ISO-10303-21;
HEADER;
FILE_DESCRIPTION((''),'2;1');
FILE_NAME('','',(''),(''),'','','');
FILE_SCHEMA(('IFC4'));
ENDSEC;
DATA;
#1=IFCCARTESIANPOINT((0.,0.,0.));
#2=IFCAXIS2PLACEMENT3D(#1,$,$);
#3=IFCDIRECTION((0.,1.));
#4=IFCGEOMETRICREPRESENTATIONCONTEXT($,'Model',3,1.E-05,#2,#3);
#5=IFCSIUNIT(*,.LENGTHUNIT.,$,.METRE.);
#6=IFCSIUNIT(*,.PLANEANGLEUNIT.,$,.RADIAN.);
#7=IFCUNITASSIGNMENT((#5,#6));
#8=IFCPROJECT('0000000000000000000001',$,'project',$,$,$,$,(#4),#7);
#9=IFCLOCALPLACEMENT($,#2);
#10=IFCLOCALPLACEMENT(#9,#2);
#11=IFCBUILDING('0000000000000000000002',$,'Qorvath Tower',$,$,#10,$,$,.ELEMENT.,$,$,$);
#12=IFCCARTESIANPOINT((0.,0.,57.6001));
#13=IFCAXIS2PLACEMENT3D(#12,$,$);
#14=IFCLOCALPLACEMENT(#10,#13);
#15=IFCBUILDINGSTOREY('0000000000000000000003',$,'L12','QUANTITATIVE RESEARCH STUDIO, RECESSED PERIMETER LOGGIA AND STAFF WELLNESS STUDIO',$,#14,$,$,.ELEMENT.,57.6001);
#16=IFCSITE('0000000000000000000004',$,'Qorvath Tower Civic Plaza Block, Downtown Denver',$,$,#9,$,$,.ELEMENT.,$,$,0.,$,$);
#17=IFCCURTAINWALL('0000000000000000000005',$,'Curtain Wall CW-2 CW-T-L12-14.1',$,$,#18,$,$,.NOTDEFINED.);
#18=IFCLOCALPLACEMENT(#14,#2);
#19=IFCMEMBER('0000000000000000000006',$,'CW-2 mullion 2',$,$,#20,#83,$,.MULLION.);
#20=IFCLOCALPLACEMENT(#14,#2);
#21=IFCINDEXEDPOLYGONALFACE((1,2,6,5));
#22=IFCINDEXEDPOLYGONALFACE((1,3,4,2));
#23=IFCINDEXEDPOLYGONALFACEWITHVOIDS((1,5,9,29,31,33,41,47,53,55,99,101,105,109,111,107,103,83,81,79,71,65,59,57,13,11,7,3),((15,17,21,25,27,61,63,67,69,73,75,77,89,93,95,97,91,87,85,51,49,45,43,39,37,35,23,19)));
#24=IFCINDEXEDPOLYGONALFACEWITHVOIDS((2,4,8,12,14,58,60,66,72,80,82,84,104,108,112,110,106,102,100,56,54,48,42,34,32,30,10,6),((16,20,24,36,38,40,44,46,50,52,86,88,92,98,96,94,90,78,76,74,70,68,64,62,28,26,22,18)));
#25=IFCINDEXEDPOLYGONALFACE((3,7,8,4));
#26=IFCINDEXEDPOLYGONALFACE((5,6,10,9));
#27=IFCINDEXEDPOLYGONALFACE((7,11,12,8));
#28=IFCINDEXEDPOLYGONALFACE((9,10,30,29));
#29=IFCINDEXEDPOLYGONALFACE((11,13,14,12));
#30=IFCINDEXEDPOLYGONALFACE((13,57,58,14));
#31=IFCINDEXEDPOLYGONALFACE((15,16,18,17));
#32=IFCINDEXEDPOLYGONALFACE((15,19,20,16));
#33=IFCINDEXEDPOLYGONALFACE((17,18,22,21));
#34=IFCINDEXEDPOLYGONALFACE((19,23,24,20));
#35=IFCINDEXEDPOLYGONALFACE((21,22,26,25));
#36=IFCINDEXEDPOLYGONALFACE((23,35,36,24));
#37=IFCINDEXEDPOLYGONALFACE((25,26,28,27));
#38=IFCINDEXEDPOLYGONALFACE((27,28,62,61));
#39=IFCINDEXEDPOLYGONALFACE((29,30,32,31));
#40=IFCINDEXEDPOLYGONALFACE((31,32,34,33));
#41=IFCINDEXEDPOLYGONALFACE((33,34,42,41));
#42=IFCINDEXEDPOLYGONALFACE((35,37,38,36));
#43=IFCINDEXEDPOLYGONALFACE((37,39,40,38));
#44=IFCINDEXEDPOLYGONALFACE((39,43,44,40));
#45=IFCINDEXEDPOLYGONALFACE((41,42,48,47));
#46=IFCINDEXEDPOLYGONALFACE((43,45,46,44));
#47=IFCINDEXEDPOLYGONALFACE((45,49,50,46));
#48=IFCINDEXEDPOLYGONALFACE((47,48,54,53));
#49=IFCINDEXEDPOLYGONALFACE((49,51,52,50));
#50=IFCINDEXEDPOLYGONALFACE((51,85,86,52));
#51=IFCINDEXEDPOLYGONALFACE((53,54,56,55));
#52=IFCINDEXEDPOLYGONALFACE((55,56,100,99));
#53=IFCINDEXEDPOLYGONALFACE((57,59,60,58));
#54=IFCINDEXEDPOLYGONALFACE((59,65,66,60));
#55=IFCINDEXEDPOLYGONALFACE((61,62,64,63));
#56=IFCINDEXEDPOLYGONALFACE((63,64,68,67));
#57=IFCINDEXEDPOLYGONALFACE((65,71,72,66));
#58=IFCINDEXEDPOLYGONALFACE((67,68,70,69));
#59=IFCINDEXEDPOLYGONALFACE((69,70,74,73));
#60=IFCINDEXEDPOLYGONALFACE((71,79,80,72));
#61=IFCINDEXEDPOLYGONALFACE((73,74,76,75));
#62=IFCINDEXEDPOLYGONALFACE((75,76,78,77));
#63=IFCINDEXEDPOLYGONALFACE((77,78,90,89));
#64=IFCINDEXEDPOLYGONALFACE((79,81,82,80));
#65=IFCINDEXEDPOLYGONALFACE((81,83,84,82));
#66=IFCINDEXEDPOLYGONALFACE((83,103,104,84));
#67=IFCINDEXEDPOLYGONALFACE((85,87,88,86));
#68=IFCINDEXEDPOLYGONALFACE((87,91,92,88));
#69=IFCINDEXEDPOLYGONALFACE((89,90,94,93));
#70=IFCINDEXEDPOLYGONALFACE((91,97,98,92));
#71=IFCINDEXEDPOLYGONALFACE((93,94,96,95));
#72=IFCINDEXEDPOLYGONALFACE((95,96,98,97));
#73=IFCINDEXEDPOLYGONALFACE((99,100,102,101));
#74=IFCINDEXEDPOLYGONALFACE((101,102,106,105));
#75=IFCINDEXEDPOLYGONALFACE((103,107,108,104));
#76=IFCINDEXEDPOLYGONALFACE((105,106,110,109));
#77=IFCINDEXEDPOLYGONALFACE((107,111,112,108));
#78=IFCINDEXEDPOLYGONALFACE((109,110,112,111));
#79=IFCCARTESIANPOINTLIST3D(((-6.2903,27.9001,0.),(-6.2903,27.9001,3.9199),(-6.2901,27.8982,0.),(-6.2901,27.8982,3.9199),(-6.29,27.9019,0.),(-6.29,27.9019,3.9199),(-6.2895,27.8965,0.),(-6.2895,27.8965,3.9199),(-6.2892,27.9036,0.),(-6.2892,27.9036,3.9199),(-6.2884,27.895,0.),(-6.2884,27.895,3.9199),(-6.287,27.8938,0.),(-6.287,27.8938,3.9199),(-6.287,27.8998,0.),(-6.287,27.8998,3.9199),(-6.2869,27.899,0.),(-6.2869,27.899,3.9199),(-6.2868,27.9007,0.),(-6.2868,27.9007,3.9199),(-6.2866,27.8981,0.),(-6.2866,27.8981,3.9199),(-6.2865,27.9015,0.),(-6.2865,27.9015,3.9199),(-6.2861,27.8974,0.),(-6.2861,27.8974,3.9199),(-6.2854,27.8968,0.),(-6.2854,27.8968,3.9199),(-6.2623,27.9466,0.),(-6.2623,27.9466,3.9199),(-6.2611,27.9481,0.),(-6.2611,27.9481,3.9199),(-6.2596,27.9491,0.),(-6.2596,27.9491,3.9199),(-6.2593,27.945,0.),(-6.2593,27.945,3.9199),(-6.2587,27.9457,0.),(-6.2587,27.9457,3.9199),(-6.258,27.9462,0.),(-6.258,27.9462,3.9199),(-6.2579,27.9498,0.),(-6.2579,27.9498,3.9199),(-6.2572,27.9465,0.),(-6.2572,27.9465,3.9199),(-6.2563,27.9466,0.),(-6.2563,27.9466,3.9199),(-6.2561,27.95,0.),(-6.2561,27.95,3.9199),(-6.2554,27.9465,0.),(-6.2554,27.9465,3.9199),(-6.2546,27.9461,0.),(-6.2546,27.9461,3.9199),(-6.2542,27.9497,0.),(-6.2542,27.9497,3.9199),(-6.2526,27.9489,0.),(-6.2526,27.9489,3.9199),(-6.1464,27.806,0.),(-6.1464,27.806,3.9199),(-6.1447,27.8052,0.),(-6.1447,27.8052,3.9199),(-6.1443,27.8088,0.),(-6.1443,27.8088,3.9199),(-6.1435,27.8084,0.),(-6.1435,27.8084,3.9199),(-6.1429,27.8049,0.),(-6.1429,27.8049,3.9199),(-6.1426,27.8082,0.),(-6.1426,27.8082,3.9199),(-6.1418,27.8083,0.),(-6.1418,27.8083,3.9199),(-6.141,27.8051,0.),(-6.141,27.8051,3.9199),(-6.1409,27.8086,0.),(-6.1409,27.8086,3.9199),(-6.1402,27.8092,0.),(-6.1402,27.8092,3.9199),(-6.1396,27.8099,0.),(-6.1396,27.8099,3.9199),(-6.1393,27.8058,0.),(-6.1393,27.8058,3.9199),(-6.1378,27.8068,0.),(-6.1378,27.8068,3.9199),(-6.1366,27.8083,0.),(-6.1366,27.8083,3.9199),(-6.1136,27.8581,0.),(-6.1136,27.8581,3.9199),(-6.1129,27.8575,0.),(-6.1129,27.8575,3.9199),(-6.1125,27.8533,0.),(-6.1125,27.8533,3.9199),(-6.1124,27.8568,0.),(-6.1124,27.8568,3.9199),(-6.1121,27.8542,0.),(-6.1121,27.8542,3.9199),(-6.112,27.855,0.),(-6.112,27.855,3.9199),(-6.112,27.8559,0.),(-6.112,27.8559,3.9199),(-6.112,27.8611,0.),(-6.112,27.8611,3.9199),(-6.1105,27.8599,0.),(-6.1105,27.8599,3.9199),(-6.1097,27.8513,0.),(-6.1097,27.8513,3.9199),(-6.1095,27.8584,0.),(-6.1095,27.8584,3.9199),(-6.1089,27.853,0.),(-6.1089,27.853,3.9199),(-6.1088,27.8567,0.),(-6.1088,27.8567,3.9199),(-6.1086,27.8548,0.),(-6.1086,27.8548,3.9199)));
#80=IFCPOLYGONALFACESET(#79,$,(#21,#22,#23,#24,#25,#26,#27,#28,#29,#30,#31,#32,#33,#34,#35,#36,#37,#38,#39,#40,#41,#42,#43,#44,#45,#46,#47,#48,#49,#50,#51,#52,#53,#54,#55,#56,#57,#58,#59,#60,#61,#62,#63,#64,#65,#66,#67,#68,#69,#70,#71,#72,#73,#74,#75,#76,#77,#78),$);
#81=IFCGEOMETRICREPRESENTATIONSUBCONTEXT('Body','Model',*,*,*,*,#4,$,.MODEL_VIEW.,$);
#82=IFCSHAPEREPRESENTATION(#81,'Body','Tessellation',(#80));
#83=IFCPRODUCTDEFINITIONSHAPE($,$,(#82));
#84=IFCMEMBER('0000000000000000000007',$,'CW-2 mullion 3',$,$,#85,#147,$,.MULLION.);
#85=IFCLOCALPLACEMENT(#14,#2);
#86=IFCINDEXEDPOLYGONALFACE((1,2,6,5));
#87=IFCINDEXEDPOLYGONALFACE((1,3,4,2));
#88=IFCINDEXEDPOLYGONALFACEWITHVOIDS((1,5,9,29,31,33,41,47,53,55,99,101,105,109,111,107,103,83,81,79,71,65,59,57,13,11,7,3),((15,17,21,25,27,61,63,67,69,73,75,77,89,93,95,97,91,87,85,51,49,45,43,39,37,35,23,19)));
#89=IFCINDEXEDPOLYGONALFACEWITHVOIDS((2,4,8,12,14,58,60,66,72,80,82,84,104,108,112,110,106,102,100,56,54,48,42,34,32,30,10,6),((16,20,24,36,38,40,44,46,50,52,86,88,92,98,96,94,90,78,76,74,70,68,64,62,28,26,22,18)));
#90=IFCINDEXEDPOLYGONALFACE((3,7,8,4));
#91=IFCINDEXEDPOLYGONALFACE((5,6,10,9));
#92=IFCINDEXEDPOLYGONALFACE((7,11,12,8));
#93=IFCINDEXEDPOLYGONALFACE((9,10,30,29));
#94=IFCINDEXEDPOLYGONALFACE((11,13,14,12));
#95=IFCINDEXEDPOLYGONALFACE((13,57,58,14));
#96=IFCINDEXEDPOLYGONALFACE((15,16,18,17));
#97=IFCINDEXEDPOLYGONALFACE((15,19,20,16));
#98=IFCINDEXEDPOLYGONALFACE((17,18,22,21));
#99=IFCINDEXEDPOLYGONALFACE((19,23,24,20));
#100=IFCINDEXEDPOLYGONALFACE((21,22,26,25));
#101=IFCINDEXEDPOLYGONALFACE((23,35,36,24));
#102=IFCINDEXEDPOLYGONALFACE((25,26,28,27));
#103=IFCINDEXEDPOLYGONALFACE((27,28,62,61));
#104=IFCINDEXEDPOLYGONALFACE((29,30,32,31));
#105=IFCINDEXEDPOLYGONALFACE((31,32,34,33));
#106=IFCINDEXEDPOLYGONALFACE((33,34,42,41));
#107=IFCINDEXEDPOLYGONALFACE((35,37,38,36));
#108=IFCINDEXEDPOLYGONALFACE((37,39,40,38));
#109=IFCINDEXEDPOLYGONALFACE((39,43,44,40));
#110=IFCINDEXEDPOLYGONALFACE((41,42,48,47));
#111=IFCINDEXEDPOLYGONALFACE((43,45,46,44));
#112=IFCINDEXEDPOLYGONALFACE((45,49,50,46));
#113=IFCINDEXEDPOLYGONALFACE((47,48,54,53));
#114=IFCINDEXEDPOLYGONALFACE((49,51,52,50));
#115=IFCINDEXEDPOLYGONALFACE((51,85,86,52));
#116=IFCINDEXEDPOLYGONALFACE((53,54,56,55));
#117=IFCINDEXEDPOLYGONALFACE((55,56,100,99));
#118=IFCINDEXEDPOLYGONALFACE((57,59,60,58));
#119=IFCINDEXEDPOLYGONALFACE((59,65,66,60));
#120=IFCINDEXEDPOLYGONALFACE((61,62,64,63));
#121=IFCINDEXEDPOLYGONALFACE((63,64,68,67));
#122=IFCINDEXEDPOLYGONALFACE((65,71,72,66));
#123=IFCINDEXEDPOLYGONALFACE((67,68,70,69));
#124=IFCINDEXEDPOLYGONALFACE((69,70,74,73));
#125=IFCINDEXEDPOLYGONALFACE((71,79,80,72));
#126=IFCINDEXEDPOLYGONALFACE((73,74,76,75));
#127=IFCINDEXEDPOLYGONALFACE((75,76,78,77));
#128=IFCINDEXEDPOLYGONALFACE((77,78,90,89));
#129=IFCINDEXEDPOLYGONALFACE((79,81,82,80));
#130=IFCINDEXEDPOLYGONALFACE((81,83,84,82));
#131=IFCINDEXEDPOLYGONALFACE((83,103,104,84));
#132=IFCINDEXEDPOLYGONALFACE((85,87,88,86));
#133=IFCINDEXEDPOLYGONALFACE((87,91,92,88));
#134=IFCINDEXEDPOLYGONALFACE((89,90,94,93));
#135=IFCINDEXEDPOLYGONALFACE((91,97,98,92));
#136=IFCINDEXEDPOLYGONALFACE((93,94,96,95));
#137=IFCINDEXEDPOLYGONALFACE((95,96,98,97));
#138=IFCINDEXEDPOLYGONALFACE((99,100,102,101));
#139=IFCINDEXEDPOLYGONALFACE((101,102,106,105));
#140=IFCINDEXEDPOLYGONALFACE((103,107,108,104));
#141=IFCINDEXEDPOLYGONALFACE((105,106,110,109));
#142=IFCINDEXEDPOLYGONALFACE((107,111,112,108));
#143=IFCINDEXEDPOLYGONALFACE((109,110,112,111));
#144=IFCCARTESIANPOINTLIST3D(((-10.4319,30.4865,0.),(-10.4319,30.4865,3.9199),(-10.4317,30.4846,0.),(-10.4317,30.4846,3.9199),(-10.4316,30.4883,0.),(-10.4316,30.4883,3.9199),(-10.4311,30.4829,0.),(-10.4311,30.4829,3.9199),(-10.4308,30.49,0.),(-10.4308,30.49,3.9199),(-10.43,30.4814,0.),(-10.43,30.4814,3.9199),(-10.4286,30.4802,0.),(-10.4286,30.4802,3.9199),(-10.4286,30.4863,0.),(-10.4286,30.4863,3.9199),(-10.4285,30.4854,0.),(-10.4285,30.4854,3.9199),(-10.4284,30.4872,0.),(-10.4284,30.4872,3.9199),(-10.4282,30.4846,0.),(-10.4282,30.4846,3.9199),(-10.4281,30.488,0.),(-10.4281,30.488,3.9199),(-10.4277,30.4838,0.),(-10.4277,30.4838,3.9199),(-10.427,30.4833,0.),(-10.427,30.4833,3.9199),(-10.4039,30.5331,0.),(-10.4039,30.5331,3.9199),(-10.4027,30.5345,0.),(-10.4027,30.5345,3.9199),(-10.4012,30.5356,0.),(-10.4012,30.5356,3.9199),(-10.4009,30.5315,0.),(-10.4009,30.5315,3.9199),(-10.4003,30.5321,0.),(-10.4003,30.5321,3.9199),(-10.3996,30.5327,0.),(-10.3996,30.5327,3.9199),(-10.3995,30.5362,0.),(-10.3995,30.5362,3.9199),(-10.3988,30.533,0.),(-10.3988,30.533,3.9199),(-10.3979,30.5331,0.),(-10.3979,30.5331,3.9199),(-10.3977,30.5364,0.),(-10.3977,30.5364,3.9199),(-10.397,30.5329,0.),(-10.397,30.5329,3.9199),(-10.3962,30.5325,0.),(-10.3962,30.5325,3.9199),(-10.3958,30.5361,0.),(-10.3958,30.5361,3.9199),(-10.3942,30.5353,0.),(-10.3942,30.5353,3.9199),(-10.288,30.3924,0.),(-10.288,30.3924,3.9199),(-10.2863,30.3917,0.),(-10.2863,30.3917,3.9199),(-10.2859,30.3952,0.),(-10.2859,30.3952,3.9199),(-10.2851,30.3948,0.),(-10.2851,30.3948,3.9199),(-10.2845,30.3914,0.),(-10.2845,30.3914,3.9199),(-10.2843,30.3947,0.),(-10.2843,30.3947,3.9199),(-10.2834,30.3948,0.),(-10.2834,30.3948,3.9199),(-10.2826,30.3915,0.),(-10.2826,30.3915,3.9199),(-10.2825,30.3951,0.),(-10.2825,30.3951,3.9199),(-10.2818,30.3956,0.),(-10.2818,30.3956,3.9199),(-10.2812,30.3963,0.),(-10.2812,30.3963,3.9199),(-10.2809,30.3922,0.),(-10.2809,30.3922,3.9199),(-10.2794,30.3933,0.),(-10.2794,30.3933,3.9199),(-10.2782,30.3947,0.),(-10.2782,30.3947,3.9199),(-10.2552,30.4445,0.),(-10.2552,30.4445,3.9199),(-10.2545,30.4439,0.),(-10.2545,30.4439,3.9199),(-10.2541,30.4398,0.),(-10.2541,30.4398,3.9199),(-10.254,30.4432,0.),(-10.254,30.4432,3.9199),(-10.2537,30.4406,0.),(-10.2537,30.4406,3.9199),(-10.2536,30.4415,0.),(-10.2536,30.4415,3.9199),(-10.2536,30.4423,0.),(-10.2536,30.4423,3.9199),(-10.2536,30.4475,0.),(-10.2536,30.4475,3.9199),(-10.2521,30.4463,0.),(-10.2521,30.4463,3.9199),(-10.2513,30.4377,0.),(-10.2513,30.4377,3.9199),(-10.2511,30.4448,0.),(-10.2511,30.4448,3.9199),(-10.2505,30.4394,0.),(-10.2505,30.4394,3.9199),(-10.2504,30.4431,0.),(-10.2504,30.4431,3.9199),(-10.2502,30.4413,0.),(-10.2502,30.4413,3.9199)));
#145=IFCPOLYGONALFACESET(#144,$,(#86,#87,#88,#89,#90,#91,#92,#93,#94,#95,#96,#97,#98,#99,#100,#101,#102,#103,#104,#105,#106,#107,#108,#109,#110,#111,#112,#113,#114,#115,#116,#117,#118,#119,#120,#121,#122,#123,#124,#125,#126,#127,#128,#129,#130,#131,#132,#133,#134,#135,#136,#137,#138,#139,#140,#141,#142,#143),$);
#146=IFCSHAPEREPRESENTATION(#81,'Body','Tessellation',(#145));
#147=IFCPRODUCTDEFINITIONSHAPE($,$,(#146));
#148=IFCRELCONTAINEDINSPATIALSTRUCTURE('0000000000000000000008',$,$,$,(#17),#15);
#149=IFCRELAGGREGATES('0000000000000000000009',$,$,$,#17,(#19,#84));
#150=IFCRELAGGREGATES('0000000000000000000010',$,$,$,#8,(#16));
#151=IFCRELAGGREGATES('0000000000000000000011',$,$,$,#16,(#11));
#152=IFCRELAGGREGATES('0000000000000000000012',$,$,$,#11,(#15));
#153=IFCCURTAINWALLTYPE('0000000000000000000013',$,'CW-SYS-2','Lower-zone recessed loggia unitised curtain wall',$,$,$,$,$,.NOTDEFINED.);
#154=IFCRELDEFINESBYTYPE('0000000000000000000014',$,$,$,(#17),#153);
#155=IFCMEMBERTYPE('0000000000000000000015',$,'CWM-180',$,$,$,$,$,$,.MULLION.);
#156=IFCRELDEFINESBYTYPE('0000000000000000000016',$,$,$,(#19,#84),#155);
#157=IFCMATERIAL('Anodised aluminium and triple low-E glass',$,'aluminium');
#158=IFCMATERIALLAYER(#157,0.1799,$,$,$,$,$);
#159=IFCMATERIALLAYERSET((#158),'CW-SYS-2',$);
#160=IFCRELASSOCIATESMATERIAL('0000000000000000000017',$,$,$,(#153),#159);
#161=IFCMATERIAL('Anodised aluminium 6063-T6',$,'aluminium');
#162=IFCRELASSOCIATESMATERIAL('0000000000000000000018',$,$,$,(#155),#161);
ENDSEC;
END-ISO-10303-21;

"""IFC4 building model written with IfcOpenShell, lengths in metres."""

from ifc_helpers import new_model, si_unit, direction, frame, origin, origin_2d, place, context, subcontext, project, spatial, hollow_rectangle, extrude, material, layer, layer_set, material_profile, profile_set, type_object, element, aggregate, save


model = new_model("IFC4")

# Units and contexts
model_context = context("Model", 3, precision=1e-05, world=origin(), true_north=direction((0.0, 1.0)))
body_context = subcontext(model_context, "Body", "Model", "MODEL_VIEW")
ifc_project = project(units=[si_unit("LENGTHUNIT", "METRE"), si_unit("PLANEANGLEUNIT", "RADIAN")], contexts=[model_context])

# Site, building, storey
site_placement = place(None, origin())
site = spatial("IfcSite", under=ifc_project, at=site_placement, Name="Qorvath Tower Civic Plaza Block, Downtown Denver", CompositionType="ELEMENT", RefElevation=0.0)
building_placement = place(site_placement, origin())
building = spatial("IfcBuilding", under=site, at=building_placement, Name="Qorvath Tower", CompositionType="ELEMENT")
storey_placement = place(building_placement, frame((0.0, 0.0, 57.6001)))
storey = spatial("IfcBuildingStorey", under=building, at=storey_placement, Name="L12", Description="QUANTITATIVE RESEARCH STUDIO, RECESSED PERIMETER LOGGIA AND STAFF WELLNESS STUDIO", CompositionType="ELEMENT", Elevation=57.6001)

# Shared definitions
ifc_material_1 = material(Name="Anodised aluminium and triple low-E glass", Category="aluminium")
ifc_layer_1 = layer(ifc_material_1, 0.1799)
ifc_layer_set_1 = layer_set([ifc_layer_1], Name="CW-SYS-2")
curtain_wall_type = type_object("IfcCurtainWallType", Name="CW-SYS-2", Description="Lower-zone recessed loggia unitised curtain wall", PredefinedType="NOTDEFINED", material=ifc_layer_set_1)
ifc_material_2 = material(Name="Anodised aluminium 6063-T6", Category="aluminium")
ifc_material_profile_1 = material_profile(ifc_material_2, hollow_rectangle(XDim=0.0649, YDim=0.1799, WallThickness=0.0034, InnerFilletRadius=0.0034, OuterFilletRadius=0.0071, at=origin_2d()), Name="CWM 180x65")
ifc_profile_set_1 = profile_set([ifc_material_profile_1], Name="Anodised aluminium 6063-T6")
member_type_1 = type_object("IfcMemberType", Name="CWM-180", PredefinedType="MULLION", material=ifc_profile_set_1)

# Curtain wall, members
curtain_wall_1_placement = place(storey_placement, origin())
curtain_wall_1 = element("IfcCurtainWall", 1, at=curtain_wall_1_placement, inside=storey, type_object=curtain_wall_type, Name="Curtain Wall CW-2 CW-T-L12-14.1", PredefinedType="NOTDEFINED")
member_1_placement = place(storey_placement, frame((-6.1995, 27.8774, 0.0), z_axis=(0.0, 0.0, 1.0), x_axis=(-0.529692, -0.84819, 0.0)))
member_1 = element("IfcMember", 2, at=member_1_placement, type_object=member_type_1, Name="CW-2 mullion 2", PredefinedType="MULLION", context=body_context, shape_type="SweptSolid", body=[
    extrude(hollow_rectangle(XDim=0.0649, YDim=0.1799, WallThickness=0.0034, InnerFilletRadius=0.0034, OuterFilletRadius=0.0071, at=origin_2d()), origin(), (0.0, 0.0, 1.0), 3.9199),
])
member_2_placement = place(storey_placement, frame((-10.3411, 30.4639, 0.0), z_axis=(0.0, 0.0, 1.0), x_axis=(-0.529692, -0.84819, 0.0)))
member_2 = element("IfcMember", 3, at=member_2_placement, type_object=member_type_1, Name="CW-2 mullion 3", PredefinedType="MULLION", context=body_context, shape_type="SweptSolid", body=[
    extrude(hollow_rectangle(XDim=0.0649, YDim=0.1799, WallThickness=0.0034, InnerFilletRadius=0.0034, OuterFilletRadius=0.0071, at=origin_2d()), origin(), (0.0, 0.0, 1.0), 3.9199),
])

aggregate(curtain_wall_1, [member_1, member_2])

save(model, "model.ifc")
